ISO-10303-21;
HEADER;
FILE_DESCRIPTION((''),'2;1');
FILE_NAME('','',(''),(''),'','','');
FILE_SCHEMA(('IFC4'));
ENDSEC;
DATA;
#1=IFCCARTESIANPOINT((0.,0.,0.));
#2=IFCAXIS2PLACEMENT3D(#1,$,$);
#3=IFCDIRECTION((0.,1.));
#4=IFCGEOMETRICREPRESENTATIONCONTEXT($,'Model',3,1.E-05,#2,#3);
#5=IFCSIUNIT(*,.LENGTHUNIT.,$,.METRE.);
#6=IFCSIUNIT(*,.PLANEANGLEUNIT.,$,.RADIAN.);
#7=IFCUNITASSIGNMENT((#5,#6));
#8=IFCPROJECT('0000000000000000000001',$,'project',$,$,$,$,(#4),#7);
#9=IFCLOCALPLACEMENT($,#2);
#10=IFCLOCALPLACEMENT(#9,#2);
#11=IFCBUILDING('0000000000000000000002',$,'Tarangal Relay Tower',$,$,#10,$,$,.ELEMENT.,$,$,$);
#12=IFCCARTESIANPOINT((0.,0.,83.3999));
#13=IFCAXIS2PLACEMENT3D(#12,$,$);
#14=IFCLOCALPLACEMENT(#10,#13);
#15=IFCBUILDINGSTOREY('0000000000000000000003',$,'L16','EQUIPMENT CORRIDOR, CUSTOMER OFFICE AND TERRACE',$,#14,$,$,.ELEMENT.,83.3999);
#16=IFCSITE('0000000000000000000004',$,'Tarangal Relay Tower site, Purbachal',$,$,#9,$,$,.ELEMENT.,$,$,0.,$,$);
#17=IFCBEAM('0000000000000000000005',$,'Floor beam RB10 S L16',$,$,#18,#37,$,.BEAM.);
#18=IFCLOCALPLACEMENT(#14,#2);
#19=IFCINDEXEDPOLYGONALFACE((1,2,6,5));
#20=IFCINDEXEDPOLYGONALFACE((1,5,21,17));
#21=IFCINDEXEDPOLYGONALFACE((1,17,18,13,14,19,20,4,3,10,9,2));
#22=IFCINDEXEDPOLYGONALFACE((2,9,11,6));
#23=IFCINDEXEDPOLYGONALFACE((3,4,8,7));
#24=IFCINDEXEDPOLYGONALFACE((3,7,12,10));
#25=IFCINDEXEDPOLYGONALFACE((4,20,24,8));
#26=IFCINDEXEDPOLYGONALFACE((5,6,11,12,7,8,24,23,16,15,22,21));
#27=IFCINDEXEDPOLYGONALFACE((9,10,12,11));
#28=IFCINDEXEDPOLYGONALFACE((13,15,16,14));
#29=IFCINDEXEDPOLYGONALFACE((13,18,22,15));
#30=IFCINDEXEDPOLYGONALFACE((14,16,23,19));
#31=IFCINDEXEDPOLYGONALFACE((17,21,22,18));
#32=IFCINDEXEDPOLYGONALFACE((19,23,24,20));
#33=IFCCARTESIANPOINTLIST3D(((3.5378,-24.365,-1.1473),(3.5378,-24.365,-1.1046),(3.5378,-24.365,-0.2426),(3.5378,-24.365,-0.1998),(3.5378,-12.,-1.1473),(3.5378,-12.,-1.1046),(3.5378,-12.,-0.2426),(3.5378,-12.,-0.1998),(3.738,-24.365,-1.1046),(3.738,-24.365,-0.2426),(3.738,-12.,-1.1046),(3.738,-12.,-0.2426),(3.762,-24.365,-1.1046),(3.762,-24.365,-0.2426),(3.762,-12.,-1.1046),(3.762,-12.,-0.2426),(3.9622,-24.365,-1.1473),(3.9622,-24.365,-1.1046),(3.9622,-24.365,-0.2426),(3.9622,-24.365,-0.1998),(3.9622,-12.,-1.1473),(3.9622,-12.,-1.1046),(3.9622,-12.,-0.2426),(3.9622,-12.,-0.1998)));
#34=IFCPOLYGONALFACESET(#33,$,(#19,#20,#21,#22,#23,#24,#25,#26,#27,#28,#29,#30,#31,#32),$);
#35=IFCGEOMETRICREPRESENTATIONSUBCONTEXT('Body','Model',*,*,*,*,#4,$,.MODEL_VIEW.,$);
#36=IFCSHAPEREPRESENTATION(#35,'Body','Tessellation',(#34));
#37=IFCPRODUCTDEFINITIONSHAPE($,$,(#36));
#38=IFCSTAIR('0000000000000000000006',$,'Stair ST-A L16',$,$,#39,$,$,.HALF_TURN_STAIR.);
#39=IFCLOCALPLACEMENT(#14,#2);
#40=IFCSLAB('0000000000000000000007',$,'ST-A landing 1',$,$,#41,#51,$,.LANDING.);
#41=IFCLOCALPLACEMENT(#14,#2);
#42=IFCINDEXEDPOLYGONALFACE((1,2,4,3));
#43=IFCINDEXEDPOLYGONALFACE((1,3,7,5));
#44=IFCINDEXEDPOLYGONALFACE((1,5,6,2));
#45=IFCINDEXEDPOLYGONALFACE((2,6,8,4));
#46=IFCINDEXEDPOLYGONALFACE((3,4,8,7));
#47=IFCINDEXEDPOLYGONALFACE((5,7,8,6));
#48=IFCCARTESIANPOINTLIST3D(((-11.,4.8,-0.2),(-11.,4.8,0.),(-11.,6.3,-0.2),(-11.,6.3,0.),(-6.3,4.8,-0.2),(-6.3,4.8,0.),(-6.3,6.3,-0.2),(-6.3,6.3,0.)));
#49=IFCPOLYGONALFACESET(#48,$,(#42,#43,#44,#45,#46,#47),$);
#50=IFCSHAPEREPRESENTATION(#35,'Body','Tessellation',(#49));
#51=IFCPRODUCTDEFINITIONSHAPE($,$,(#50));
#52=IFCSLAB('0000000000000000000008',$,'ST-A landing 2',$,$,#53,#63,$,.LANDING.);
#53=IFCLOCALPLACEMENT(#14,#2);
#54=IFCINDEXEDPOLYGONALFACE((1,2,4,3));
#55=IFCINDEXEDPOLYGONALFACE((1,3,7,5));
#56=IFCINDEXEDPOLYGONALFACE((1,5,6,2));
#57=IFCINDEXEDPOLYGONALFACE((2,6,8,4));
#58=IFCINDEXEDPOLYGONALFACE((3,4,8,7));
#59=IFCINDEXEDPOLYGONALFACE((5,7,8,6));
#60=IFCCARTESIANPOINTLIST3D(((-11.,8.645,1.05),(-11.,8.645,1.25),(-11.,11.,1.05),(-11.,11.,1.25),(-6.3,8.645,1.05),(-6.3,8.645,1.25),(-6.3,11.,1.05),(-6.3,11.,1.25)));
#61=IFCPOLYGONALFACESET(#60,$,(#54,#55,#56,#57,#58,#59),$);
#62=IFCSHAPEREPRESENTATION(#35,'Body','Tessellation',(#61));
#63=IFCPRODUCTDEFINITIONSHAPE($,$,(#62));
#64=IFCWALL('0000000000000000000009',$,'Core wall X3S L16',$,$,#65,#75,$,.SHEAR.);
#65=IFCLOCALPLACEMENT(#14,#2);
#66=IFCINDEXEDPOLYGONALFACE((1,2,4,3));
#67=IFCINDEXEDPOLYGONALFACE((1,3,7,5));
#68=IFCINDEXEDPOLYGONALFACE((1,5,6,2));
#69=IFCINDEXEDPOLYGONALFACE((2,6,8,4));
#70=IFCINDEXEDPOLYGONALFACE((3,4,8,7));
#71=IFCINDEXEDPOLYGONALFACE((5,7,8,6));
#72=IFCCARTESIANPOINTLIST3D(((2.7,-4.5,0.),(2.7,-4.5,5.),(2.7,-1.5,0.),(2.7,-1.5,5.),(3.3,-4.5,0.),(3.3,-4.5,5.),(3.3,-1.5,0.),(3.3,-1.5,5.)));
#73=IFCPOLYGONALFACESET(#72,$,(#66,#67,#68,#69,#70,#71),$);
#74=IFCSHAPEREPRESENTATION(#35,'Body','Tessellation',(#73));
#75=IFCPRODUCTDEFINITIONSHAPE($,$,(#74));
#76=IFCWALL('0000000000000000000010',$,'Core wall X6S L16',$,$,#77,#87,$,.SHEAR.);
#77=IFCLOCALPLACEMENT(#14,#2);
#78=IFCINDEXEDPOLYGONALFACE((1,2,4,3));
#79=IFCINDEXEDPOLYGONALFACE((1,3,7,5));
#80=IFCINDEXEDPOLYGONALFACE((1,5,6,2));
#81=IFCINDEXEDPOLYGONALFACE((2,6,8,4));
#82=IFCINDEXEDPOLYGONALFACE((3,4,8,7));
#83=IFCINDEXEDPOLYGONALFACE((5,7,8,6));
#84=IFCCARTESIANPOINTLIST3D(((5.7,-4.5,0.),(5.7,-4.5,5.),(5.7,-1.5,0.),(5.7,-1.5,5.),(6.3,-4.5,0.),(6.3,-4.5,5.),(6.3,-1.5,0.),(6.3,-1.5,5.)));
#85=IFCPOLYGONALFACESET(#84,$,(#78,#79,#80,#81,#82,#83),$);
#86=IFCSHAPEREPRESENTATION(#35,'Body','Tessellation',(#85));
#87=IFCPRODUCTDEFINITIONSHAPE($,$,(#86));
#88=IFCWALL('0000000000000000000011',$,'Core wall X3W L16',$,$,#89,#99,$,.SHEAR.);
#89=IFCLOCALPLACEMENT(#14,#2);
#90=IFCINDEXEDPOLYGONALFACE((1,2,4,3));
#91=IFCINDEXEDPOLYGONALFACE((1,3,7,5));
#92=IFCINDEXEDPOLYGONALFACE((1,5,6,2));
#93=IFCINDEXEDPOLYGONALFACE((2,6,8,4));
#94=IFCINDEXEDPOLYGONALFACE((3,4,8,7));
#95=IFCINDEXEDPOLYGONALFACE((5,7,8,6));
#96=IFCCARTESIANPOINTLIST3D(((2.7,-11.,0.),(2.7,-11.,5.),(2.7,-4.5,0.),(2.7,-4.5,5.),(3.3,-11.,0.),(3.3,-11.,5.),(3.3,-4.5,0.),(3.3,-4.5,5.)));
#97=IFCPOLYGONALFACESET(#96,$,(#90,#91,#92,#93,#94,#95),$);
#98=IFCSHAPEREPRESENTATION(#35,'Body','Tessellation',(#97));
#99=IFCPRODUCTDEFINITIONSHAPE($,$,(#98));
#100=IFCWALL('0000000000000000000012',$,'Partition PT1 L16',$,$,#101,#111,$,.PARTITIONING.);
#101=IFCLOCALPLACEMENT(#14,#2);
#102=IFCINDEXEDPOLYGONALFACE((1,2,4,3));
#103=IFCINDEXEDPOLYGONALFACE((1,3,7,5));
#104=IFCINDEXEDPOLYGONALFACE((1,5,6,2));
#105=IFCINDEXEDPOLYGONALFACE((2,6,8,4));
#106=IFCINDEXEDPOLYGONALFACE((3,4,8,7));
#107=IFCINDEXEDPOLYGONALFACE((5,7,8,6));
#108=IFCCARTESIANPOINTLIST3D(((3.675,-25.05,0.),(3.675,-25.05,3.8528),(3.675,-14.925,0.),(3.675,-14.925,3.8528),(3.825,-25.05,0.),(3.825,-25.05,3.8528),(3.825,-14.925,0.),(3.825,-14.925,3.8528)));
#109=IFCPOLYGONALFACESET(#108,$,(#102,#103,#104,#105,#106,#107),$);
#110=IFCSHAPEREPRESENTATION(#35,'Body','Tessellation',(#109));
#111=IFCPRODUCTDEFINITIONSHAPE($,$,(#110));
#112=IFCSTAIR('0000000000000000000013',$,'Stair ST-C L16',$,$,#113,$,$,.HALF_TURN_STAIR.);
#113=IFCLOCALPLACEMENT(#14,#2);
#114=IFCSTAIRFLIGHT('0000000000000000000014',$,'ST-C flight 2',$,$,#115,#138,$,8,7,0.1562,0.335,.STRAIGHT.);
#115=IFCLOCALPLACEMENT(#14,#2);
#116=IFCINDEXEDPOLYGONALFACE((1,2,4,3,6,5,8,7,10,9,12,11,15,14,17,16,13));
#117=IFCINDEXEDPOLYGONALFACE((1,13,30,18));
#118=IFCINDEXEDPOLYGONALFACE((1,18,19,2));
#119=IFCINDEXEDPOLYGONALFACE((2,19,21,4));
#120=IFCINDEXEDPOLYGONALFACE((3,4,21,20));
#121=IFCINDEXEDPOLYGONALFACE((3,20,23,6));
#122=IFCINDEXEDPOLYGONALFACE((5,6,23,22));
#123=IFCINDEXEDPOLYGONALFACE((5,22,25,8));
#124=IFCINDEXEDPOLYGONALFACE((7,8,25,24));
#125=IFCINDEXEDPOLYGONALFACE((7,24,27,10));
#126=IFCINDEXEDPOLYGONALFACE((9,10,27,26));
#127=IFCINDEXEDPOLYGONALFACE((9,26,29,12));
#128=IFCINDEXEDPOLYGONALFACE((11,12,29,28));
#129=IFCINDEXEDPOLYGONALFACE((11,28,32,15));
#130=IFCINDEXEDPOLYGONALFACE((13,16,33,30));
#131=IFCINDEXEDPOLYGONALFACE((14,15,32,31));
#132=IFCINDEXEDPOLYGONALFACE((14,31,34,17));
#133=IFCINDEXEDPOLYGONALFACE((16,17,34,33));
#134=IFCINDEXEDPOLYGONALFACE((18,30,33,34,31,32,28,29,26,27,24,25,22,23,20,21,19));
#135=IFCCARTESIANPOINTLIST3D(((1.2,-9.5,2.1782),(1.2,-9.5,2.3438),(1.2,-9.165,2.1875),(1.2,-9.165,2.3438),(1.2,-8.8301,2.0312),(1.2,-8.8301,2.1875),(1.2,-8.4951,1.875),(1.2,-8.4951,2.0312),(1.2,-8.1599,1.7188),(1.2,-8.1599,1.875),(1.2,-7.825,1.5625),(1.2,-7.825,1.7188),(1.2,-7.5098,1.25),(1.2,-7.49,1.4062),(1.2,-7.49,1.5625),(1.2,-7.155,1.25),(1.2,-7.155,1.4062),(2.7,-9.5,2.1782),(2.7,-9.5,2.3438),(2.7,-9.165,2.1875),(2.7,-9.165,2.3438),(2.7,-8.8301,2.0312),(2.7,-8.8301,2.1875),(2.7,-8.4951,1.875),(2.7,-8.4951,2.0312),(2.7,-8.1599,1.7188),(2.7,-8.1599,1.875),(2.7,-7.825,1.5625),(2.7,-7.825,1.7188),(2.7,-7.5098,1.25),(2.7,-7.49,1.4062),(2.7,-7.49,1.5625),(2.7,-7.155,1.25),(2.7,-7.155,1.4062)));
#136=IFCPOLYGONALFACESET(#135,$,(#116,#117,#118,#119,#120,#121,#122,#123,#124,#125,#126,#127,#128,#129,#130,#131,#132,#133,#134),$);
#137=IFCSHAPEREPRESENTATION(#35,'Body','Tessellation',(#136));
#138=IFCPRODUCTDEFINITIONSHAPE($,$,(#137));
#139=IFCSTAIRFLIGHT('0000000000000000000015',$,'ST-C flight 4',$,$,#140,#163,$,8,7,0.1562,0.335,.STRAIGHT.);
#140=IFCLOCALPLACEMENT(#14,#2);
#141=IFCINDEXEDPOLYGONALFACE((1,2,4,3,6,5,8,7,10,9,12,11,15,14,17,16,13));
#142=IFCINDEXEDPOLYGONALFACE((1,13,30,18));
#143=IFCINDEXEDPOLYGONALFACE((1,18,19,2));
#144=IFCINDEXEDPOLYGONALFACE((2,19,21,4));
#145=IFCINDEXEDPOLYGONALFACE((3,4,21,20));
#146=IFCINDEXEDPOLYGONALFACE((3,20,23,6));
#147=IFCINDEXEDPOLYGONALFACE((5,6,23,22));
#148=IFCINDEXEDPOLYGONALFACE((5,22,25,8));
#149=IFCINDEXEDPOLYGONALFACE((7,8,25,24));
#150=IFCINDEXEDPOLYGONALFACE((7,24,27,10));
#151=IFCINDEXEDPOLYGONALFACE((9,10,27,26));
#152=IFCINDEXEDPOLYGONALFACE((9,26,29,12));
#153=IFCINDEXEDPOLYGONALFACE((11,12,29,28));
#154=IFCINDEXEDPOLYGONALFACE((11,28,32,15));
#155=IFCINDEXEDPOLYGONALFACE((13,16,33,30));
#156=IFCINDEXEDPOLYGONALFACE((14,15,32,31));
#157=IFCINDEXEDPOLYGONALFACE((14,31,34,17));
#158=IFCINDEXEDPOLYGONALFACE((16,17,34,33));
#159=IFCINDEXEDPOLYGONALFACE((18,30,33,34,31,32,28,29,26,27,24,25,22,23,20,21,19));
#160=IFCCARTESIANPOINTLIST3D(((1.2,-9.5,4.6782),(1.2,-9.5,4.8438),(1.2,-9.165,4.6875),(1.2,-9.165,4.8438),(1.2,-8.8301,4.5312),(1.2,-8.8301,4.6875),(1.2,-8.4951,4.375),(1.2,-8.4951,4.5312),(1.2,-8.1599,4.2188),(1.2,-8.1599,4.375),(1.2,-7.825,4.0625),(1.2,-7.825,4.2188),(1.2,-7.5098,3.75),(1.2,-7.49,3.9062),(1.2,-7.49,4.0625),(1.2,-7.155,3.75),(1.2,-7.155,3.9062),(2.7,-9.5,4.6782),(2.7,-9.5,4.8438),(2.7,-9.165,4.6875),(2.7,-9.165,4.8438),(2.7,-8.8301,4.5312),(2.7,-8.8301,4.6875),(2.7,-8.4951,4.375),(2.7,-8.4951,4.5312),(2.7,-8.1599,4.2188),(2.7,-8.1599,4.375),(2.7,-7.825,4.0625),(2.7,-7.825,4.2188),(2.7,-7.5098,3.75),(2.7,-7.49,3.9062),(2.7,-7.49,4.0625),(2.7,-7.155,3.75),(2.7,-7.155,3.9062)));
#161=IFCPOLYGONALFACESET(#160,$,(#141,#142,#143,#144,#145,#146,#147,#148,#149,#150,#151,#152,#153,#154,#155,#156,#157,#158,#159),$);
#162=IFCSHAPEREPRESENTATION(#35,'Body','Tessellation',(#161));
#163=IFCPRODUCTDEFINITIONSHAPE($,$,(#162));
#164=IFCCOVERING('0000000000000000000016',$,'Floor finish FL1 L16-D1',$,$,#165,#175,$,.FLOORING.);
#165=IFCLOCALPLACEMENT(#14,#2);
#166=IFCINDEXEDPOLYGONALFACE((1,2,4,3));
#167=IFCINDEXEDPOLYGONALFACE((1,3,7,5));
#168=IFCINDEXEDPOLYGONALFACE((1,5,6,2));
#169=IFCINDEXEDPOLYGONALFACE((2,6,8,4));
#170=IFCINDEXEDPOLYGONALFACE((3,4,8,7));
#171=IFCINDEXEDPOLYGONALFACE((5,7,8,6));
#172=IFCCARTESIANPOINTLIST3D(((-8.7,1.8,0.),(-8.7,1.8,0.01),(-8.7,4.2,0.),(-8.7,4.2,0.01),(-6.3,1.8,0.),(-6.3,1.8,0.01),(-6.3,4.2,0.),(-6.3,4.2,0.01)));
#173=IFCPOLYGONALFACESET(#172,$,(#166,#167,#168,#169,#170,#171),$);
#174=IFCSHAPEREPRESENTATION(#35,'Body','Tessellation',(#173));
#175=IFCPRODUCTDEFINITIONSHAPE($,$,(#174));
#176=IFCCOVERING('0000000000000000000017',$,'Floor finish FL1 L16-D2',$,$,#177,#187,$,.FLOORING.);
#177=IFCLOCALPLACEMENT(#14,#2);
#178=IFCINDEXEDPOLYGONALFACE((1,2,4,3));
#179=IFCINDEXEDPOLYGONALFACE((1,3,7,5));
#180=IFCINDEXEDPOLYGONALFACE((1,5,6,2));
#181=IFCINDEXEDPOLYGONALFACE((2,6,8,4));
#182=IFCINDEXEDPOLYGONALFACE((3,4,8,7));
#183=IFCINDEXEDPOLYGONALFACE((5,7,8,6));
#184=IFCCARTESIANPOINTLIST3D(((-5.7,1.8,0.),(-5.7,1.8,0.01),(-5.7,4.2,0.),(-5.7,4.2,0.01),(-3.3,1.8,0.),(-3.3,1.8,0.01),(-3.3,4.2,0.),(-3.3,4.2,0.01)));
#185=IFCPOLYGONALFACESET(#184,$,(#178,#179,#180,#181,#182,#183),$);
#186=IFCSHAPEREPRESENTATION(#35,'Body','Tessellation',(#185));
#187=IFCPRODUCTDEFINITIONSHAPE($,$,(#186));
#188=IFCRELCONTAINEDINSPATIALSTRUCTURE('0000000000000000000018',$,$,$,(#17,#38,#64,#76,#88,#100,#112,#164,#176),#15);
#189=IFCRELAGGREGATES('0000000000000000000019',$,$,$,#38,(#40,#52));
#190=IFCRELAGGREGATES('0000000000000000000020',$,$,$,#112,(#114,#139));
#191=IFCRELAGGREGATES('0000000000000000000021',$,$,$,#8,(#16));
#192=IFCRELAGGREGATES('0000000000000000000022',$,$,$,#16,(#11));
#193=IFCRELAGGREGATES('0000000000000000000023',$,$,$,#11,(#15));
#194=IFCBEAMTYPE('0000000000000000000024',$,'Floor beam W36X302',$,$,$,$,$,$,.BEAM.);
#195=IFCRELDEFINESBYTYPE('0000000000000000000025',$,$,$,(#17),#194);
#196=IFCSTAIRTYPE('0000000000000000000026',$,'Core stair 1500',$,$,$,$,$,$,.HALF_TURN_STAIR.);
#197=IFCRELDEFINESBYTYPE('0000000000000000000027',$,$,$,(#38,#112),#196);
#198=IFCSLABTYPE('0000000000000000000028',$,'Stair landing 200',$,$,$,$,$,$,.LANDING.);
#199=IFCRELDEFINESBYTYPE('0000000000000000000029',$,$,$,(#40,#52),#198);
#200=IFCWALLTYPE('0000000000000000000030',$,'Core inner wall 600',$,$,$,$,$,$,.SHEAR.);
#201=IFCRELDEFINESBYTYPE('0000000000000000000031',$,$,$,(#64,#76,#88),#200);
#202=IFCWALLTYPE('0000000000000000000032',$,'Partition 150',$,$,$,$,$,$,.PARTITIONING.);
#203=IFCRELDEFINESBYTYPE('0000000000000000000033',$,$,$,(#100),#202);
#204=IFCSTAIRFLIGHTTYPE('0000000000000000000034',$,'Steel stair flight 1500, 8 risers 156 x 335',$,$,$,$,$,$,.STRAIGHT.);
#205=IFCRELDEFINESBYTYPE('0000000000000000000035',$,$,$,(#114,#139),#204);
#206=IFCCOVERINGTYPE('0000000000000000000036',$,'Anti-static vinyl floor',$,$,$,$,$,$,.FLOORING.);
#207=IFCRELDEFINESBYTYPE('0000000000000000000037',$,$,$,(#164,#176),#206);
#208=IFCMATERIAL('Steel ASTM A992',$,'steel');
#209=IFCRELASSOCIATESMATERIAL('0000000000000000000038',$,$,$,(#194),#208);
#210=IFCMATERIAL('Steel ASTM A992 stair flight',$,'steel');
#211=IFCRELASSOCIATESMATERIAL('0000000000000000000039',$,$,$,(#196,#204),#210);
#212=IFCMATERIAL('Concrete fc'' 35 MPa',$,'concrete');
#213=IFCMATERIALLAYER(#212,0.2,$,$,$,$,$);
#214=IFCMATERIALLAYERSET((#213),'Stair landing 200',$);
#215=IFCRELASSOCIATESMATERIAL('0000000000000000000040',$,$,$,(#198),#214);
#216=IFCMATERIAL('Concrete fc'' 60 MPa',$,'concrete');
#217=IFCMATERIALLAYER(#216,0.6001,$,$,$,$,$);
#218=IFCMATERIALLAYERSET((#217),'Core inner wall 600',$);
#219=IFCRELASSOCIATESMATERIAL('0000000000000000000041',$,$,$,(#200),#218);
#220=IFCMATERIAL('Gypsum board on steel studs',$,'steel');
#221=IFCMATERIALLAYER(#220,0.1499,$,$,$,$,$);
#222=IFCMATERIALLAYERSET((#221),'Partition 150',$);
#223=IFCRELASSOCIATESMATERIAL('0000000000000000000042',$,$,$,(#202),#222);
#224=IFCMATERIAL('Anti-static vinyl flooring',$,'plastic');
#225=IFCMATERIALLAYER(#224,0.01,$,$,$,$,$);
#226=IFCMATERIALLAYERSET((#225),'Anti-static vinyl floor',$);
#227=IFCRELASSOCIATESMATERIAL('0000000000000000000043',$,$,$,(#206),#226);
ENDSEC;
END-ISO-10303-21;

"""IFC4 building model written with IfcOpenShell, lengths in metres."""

from ifc_helpers import new_model, si_unit, direction, frame, frame_2d, origin, origin_2d, place, context, subcontext, project, spatial, polyline, rectangle, i_section, outline, extrude, material, layer, layer_set, material_profile, profile_set, type_object, element, aggregate, save


model = new_model("IFC4")

# Units and contexts
model_context = context("Model", 3, precision=1e-05, world=origin(), true_north=direction((0.0, 1.0)))
body_context = subcontext(model_context, "Body", "Model", "MODEL_VIEW")
ifc_project = project(units=[si_unit("LENGTHUNIT", "METRE"), si_unit("PLANEANGLEUNIT", "RADIAN")], contexts=[model_context])

# Site, building, storey
site_placement = place(None, origin())
site = spatial("IfcSite", under=ifc_project, at=site_placement, Name="Tarangal Relay Tower site, Purbachal", CompositionType="ELEMENT", RefElevation=0.0)
building_placement = place(site_placement, origin())
building = spatial("IfcBuilding", under=site, at=building_placement, Name="Tarangal Relay Tower", CompositionType="ELEMENT")
storey_placement = place(building_placement, frame((0.0, 0.0, 83.3999)))
storey = spatial("IfcBuildingStorey", under=building, at=storey_placement, Name="L16", Description="EQUIPMENT CORRIDOR, CUSTOMER OFFICE AND TERRACE", CompositionType="ELEMENT", Elevation=83.3999)

# Beam
ifc_material_1 = material(Name="Steel ASTM A992", Category="steel")
ifc_material_profile = material_profile(ifc_material_1, i_section(OverallWidth=0.4243, OverallDepth=0.9475, WebThickness=0.0239, FlangeThickness=0.0427, at=origin_2d()), Name="W36X302")
ifc_profile_set = profile_set([ifc_material_profile], Name="Steel ASTM A992")
beam_type = type_object("IfcBeamType", Name="Floor beam W36X302", PredefinedType="BEAM", material=ifc_profile_set)
beam_placement = place(storey_placement, frame((3.75, -12.0, -0.6736), z_axis=(0.0, -1.0, 0.0), x_axis=(1.0, 0.0, 0.0)))
element("IfcBeam", 1, at=beam_placement, inside=storey, type_object=beam_type, Name="Floor beam RB10 S L16", PredefinedType="BEAM", context=body_context, shape_type="SweptSolid", body=[
    extrude(i_section(OverallWidth=0.4243, OverallDepth=0.9475, WebThickness=0.0239, FlangeThickness=0.0427, at=origin_2d()), origin(), (0.0, 0.0, 1.0), 12.365),
])

# Stair, slabs
ifc_material_2 = material(Name="Steel ASTM A992 stair flight", Category="steel")
stair_type = type_object("IfcStairType", Name="Core stair 1500", PredefinedType="HALF_TURN_STAIR", material=ifc_material_2)
stair_1_placement = place(storey_placement, origin())
stair_1 = element("IfcStair", 2, at=stair_1_placement, inside=storey, type_object=stair_type, Name="Stair ST-A L16", PredefinedType="HALF_TURN_STAIR")
ifc_material_3 = material(Name="Concrete fc' 35 MPa", Category="concrete")
ifc_layer_1 = layer(ifc_material_3, 0.2)
ifc_layer_set_1 = layer_set([ifc_layer_1], Name="Stair landing 200")
slab_type = type_object("IfcSlabType", Name="Stair landing 200", PredefinedType="LANDING", material=ifc_layer_set_1)
slab_1_placement = place(storey_placement, frame((0.0, 0.0, -0.2)))
slab_1 = element("IfcSlab", 3, at=slab_1_placement, type_object=slab_type, Name="ST-A landing 1", PredefinedType="LANDING", context=body_context, shape_type="SweptSolid", body=[
    extrude(outline(polyline([(-11.0, 4.8), (-6.3, 4.8), (-6.3, 6.3), (-11.0, 6.3), (-11.0, 4.8)])), origin(), (0.0, 0.0, 1.0), 0.2),
])
slab_2_placement = place(storey_placement, frame((0.0, 0.0, 1.05)))
slab_2 = element("IfcSlab", 4, at=slab_2_placement, type_object=slab_type, Name="ST-A landing 2", PredefinedType="LANDING", context=body_context, shape_type="SweptSolid", body=[
    extrude(outline(polyline([(-11.0, 8.645), (-6.3, 8.645), (-6.3, 11.0), (-11.0, 11.0), (-11.0, 8.645)])), origin(), (0.0, 0.0, 1.0), 0.2),
])
aggregate(stair_1, [slab_1, slab_2])

# Walls
ifc_material_4 = material(Name="Concrete fc' 60 MPa", Category="concrete")
ifc_layer_2 = layer(ifc_material_4, 0.6001)
ifc_layer_set_2 = layer_set([ifc_layer_2], Name="Core inner wall 600")
wall_type_1 = type_object("IfcWallType", Name="Core inner wall 600", PredefinedType="SHEAR", material=ifc_layer_set_2)
for number, where, z_axis, x_axis, name in (
    (5, (3.0, -4.5, 0.0), (0.0, 0.0, 1.0), (0.0, 1.0, 0.0), "Core wall X3S L16"),
    (6, (6.0, -4.5, 0.0), (0.0, 0.0, 1.0), (0.0, 1.0, 0.0), "Core wall X6S L16"),
):
    element("IfcWall", number, at=place(storey_placement, frame(where, z_axis=z_axis, x_axis=x_axis)), inside=storey, type_object=wall_type_1, Name=name, PredefinedType="SHEAR", context=body_context, shape_type="SweptSolid", body=[
        extrude(rectangle(XDim=3.0, YDim=0.6001, at=frame_2d((1.5, 0.0))), origin(), (0.0, 0.0, 1.0), 5.0),
    ])
wall_1_placement = place(storey_placement, frame((3.0, -11.0, 0.0), z_axis=(0.0, 0.0, 1.0), x_axis=(0.0, 1.0, 0.0)))
element("IfcWall", 7, at=wall_1_placement, inside=storey, type_object=wall_type_1, Name="Core wall X3W L16", PredefinedType="SHEAR", context=body_context, shape_type="SweptSolid", body=[
    extrude(rectangle(XDim=6.5, YDim=0.6001, at=frame_2d((3.25, 0.0))), origin(), (0.0, 0.0, 1.0), 5.0),
])
ifc_material_5 = material(Name="Gypsum board on steel studs", Category="steel")
ifc_layer_3 = layer(ifc_material_5, 0.1499)
ifc_layer_set_3 = layer_set([ifc_layer_3], Name="Partition 150")
wall_type_2 = type_object("IfcWallType", Name="Partition 150", PredefinedType="PARTITIONING", material=ifc_layer_set_3)
wall_2_placement = place(storey_placement, frame((3.75, -25.05, 0.0), z_axis=(0.0, 0.0, 1.0), x_axis=(0.0, 1.0, 0.0)))
element("IfcWall", 8, at=wall_2_placement, inside=storey, type_object=wall_type_2, Name="Partition PT1 L16", PredefinedType="PARTITIONING", context=body_context, shape_type="SweptSolid", body=[
    extrude(rectangle(XDim=10.125, YDim=0.1499, at=frame_2d((5.0625, 0.0))), origin(), (0.0, 0.0, 1.0), 3.8528),
])

# Stair, stair flights
stair_2_placement = place(storey_placement, origin())
stair_2 = element("IfcStair", 9, at=stair_2_placement, inside=storey, type_object=stair_type, Name="Stair ST-C L16", PredefinedType="HALF_TURN_STAIR")
stair_flight_type = type_object("IfcStairFlightType", Name="Steel stair flight 1500, 8 risers 156 x 335", PredefinedType="STRAIGHT", material=ifc_material_2)
stair_flight_1_placement = place(storey_placement, frame((1.95, -7.155, 1.25), z_axis=(0.0, 0.0, 1.0), x_axis=(0.0, -1.0, 0.0)))
stair_flight_1 = element("IfcStairFlight", 10, at=stair_flight_1_placement, type_object=stair_flight_type, Name="ST-C flight 2", NumberOfRisers=8, NumberOfTreads=7, PredefinedType="STRAIGHT", RiserHeight=0.1562, TreadLength=0.335, context=body_context, shape_type="SweptSolid", body=[
    extrude(outline(polyline([(0.0, 0.0), (0.0, 0.1562), (0.335, 0.1562), (0.335, 0.3125), (0.6699, 0.3125), (0.6699, 0.4688), (1.0049, 0.4688), (1.0049, 0.625), (1.3401, 0.625), (1.3401, 0.7812), (1.675, 0.7812), (1.675, 0.9375), (2.01, 0.9375), (2.01, 1.0938), (2.345, 1.0938), (2.345, 1.25), (2.345, 0.9282), (0.3547, 0.0), (0.0, 0.0)])), frame((0.0, 0.75, 0.0), z_axis=(0.0, -1.0, 0.0), x_axis=(1.0, 0.0, 0.0)), (0.0, 0.0, 1.0), 1.5),
])
stair_flight_2_placement = place(storey_placement, frame((1.95, -7.155, 3.75), z_axis=(0.0, 0.0, 1.0), x_axis=(0.0, -1.0, 0.0)))
stair_flight_2 = element("IfcStairFlight", 11, at=stair_flight_2_placement, type_object=stair_flight_type, Name="ST-C flight 4", NumberOfRisers=8, NumberOfTreads=7, PredefinedType="STRAIGHT", RiserHeight=0.1562, TreadLength=0.335, context=body_context, shape_type="SweptSolid", body=[
    extrude(outline(polyline([(0.0, 0.0), (0.0, 0.1562), (0.335, 0.1562), (0.335, 0.3125), (0.6699, 0.3125), (0.6699, 0.4688), (1.0049, 0.4688), (1.0049, 0.625), (1.3401, 0.625), (1.3401, 0.7812), (1.675, 0.7812), (1.675, 0.9375), (2.01, 0.9375), (2.01, 1.0938), (2.345, 1.0938), (2.345, 1.25), (2.345, 0.9282), (0.3547, 0.0), (0.0, 0.0)])), frame((0.0, 0.75, 0.0), z_axis=(0.0, -1.0, 0.0), x_axis=(1.0, 0.0, 0.0)), (0.0, 0.0, 1.0), 1.5),
])
aggregate(stair_2, [stair_flight_1, stair_flight_2])

# Coverings
ifc_material_6 = material(Name="Anti-static vinyl flooring", Category="plastic")
ifc_layer_4 = layer(ifc_material_6, 0.01)
ifc_layer_set_4 = layer_set([ifc_layer_4], Name="Anti-static vinyl floor")
covering_type_1 = type_object("IfcCoveringType", Name="Anti-static vinyl floor", PredefinedType="FLOORING", material=ifc_layer_set_4)
covering_1_placement = place(storey_placement, origin())
element("IfcCovering", 12, at=covering_1_placement, inside=storey, type_object=covering_type_1, Name="Floor finish FL1 L16-D1", PredefinedType="FLOORING", context=body_context, shape_type="SweptSolid", body=[
    extrude(outline(polyline([(-8.7, 1.8), (-6.3, 1.8), (-6.3, 4.2), (-8.7, 4.2), (-8.7, 1.8)])), origin(), (0.0, 0.0, 1.0), 0.01),
])
covering_2_placement = place(storey_placement, origin())
element("IfcCovering", 13, at=covering_2_placement, inside=storey, type_object=covering_type_1, Name="Floor finish FL1 L16-D2", PredefinedType="FLOORING", context=body_context, shape_type="SweptSolid", body=[
    extrude(outline(polyline([(-5.7, 1.8), (-3.3, 1.8), (-3.3, 4.2), (-5.7, 4.2), (-5.7, 1.8)])), origin(), (0.0, 0.0, 1.0), 0.01),
])

save(model, "model.ifc")
